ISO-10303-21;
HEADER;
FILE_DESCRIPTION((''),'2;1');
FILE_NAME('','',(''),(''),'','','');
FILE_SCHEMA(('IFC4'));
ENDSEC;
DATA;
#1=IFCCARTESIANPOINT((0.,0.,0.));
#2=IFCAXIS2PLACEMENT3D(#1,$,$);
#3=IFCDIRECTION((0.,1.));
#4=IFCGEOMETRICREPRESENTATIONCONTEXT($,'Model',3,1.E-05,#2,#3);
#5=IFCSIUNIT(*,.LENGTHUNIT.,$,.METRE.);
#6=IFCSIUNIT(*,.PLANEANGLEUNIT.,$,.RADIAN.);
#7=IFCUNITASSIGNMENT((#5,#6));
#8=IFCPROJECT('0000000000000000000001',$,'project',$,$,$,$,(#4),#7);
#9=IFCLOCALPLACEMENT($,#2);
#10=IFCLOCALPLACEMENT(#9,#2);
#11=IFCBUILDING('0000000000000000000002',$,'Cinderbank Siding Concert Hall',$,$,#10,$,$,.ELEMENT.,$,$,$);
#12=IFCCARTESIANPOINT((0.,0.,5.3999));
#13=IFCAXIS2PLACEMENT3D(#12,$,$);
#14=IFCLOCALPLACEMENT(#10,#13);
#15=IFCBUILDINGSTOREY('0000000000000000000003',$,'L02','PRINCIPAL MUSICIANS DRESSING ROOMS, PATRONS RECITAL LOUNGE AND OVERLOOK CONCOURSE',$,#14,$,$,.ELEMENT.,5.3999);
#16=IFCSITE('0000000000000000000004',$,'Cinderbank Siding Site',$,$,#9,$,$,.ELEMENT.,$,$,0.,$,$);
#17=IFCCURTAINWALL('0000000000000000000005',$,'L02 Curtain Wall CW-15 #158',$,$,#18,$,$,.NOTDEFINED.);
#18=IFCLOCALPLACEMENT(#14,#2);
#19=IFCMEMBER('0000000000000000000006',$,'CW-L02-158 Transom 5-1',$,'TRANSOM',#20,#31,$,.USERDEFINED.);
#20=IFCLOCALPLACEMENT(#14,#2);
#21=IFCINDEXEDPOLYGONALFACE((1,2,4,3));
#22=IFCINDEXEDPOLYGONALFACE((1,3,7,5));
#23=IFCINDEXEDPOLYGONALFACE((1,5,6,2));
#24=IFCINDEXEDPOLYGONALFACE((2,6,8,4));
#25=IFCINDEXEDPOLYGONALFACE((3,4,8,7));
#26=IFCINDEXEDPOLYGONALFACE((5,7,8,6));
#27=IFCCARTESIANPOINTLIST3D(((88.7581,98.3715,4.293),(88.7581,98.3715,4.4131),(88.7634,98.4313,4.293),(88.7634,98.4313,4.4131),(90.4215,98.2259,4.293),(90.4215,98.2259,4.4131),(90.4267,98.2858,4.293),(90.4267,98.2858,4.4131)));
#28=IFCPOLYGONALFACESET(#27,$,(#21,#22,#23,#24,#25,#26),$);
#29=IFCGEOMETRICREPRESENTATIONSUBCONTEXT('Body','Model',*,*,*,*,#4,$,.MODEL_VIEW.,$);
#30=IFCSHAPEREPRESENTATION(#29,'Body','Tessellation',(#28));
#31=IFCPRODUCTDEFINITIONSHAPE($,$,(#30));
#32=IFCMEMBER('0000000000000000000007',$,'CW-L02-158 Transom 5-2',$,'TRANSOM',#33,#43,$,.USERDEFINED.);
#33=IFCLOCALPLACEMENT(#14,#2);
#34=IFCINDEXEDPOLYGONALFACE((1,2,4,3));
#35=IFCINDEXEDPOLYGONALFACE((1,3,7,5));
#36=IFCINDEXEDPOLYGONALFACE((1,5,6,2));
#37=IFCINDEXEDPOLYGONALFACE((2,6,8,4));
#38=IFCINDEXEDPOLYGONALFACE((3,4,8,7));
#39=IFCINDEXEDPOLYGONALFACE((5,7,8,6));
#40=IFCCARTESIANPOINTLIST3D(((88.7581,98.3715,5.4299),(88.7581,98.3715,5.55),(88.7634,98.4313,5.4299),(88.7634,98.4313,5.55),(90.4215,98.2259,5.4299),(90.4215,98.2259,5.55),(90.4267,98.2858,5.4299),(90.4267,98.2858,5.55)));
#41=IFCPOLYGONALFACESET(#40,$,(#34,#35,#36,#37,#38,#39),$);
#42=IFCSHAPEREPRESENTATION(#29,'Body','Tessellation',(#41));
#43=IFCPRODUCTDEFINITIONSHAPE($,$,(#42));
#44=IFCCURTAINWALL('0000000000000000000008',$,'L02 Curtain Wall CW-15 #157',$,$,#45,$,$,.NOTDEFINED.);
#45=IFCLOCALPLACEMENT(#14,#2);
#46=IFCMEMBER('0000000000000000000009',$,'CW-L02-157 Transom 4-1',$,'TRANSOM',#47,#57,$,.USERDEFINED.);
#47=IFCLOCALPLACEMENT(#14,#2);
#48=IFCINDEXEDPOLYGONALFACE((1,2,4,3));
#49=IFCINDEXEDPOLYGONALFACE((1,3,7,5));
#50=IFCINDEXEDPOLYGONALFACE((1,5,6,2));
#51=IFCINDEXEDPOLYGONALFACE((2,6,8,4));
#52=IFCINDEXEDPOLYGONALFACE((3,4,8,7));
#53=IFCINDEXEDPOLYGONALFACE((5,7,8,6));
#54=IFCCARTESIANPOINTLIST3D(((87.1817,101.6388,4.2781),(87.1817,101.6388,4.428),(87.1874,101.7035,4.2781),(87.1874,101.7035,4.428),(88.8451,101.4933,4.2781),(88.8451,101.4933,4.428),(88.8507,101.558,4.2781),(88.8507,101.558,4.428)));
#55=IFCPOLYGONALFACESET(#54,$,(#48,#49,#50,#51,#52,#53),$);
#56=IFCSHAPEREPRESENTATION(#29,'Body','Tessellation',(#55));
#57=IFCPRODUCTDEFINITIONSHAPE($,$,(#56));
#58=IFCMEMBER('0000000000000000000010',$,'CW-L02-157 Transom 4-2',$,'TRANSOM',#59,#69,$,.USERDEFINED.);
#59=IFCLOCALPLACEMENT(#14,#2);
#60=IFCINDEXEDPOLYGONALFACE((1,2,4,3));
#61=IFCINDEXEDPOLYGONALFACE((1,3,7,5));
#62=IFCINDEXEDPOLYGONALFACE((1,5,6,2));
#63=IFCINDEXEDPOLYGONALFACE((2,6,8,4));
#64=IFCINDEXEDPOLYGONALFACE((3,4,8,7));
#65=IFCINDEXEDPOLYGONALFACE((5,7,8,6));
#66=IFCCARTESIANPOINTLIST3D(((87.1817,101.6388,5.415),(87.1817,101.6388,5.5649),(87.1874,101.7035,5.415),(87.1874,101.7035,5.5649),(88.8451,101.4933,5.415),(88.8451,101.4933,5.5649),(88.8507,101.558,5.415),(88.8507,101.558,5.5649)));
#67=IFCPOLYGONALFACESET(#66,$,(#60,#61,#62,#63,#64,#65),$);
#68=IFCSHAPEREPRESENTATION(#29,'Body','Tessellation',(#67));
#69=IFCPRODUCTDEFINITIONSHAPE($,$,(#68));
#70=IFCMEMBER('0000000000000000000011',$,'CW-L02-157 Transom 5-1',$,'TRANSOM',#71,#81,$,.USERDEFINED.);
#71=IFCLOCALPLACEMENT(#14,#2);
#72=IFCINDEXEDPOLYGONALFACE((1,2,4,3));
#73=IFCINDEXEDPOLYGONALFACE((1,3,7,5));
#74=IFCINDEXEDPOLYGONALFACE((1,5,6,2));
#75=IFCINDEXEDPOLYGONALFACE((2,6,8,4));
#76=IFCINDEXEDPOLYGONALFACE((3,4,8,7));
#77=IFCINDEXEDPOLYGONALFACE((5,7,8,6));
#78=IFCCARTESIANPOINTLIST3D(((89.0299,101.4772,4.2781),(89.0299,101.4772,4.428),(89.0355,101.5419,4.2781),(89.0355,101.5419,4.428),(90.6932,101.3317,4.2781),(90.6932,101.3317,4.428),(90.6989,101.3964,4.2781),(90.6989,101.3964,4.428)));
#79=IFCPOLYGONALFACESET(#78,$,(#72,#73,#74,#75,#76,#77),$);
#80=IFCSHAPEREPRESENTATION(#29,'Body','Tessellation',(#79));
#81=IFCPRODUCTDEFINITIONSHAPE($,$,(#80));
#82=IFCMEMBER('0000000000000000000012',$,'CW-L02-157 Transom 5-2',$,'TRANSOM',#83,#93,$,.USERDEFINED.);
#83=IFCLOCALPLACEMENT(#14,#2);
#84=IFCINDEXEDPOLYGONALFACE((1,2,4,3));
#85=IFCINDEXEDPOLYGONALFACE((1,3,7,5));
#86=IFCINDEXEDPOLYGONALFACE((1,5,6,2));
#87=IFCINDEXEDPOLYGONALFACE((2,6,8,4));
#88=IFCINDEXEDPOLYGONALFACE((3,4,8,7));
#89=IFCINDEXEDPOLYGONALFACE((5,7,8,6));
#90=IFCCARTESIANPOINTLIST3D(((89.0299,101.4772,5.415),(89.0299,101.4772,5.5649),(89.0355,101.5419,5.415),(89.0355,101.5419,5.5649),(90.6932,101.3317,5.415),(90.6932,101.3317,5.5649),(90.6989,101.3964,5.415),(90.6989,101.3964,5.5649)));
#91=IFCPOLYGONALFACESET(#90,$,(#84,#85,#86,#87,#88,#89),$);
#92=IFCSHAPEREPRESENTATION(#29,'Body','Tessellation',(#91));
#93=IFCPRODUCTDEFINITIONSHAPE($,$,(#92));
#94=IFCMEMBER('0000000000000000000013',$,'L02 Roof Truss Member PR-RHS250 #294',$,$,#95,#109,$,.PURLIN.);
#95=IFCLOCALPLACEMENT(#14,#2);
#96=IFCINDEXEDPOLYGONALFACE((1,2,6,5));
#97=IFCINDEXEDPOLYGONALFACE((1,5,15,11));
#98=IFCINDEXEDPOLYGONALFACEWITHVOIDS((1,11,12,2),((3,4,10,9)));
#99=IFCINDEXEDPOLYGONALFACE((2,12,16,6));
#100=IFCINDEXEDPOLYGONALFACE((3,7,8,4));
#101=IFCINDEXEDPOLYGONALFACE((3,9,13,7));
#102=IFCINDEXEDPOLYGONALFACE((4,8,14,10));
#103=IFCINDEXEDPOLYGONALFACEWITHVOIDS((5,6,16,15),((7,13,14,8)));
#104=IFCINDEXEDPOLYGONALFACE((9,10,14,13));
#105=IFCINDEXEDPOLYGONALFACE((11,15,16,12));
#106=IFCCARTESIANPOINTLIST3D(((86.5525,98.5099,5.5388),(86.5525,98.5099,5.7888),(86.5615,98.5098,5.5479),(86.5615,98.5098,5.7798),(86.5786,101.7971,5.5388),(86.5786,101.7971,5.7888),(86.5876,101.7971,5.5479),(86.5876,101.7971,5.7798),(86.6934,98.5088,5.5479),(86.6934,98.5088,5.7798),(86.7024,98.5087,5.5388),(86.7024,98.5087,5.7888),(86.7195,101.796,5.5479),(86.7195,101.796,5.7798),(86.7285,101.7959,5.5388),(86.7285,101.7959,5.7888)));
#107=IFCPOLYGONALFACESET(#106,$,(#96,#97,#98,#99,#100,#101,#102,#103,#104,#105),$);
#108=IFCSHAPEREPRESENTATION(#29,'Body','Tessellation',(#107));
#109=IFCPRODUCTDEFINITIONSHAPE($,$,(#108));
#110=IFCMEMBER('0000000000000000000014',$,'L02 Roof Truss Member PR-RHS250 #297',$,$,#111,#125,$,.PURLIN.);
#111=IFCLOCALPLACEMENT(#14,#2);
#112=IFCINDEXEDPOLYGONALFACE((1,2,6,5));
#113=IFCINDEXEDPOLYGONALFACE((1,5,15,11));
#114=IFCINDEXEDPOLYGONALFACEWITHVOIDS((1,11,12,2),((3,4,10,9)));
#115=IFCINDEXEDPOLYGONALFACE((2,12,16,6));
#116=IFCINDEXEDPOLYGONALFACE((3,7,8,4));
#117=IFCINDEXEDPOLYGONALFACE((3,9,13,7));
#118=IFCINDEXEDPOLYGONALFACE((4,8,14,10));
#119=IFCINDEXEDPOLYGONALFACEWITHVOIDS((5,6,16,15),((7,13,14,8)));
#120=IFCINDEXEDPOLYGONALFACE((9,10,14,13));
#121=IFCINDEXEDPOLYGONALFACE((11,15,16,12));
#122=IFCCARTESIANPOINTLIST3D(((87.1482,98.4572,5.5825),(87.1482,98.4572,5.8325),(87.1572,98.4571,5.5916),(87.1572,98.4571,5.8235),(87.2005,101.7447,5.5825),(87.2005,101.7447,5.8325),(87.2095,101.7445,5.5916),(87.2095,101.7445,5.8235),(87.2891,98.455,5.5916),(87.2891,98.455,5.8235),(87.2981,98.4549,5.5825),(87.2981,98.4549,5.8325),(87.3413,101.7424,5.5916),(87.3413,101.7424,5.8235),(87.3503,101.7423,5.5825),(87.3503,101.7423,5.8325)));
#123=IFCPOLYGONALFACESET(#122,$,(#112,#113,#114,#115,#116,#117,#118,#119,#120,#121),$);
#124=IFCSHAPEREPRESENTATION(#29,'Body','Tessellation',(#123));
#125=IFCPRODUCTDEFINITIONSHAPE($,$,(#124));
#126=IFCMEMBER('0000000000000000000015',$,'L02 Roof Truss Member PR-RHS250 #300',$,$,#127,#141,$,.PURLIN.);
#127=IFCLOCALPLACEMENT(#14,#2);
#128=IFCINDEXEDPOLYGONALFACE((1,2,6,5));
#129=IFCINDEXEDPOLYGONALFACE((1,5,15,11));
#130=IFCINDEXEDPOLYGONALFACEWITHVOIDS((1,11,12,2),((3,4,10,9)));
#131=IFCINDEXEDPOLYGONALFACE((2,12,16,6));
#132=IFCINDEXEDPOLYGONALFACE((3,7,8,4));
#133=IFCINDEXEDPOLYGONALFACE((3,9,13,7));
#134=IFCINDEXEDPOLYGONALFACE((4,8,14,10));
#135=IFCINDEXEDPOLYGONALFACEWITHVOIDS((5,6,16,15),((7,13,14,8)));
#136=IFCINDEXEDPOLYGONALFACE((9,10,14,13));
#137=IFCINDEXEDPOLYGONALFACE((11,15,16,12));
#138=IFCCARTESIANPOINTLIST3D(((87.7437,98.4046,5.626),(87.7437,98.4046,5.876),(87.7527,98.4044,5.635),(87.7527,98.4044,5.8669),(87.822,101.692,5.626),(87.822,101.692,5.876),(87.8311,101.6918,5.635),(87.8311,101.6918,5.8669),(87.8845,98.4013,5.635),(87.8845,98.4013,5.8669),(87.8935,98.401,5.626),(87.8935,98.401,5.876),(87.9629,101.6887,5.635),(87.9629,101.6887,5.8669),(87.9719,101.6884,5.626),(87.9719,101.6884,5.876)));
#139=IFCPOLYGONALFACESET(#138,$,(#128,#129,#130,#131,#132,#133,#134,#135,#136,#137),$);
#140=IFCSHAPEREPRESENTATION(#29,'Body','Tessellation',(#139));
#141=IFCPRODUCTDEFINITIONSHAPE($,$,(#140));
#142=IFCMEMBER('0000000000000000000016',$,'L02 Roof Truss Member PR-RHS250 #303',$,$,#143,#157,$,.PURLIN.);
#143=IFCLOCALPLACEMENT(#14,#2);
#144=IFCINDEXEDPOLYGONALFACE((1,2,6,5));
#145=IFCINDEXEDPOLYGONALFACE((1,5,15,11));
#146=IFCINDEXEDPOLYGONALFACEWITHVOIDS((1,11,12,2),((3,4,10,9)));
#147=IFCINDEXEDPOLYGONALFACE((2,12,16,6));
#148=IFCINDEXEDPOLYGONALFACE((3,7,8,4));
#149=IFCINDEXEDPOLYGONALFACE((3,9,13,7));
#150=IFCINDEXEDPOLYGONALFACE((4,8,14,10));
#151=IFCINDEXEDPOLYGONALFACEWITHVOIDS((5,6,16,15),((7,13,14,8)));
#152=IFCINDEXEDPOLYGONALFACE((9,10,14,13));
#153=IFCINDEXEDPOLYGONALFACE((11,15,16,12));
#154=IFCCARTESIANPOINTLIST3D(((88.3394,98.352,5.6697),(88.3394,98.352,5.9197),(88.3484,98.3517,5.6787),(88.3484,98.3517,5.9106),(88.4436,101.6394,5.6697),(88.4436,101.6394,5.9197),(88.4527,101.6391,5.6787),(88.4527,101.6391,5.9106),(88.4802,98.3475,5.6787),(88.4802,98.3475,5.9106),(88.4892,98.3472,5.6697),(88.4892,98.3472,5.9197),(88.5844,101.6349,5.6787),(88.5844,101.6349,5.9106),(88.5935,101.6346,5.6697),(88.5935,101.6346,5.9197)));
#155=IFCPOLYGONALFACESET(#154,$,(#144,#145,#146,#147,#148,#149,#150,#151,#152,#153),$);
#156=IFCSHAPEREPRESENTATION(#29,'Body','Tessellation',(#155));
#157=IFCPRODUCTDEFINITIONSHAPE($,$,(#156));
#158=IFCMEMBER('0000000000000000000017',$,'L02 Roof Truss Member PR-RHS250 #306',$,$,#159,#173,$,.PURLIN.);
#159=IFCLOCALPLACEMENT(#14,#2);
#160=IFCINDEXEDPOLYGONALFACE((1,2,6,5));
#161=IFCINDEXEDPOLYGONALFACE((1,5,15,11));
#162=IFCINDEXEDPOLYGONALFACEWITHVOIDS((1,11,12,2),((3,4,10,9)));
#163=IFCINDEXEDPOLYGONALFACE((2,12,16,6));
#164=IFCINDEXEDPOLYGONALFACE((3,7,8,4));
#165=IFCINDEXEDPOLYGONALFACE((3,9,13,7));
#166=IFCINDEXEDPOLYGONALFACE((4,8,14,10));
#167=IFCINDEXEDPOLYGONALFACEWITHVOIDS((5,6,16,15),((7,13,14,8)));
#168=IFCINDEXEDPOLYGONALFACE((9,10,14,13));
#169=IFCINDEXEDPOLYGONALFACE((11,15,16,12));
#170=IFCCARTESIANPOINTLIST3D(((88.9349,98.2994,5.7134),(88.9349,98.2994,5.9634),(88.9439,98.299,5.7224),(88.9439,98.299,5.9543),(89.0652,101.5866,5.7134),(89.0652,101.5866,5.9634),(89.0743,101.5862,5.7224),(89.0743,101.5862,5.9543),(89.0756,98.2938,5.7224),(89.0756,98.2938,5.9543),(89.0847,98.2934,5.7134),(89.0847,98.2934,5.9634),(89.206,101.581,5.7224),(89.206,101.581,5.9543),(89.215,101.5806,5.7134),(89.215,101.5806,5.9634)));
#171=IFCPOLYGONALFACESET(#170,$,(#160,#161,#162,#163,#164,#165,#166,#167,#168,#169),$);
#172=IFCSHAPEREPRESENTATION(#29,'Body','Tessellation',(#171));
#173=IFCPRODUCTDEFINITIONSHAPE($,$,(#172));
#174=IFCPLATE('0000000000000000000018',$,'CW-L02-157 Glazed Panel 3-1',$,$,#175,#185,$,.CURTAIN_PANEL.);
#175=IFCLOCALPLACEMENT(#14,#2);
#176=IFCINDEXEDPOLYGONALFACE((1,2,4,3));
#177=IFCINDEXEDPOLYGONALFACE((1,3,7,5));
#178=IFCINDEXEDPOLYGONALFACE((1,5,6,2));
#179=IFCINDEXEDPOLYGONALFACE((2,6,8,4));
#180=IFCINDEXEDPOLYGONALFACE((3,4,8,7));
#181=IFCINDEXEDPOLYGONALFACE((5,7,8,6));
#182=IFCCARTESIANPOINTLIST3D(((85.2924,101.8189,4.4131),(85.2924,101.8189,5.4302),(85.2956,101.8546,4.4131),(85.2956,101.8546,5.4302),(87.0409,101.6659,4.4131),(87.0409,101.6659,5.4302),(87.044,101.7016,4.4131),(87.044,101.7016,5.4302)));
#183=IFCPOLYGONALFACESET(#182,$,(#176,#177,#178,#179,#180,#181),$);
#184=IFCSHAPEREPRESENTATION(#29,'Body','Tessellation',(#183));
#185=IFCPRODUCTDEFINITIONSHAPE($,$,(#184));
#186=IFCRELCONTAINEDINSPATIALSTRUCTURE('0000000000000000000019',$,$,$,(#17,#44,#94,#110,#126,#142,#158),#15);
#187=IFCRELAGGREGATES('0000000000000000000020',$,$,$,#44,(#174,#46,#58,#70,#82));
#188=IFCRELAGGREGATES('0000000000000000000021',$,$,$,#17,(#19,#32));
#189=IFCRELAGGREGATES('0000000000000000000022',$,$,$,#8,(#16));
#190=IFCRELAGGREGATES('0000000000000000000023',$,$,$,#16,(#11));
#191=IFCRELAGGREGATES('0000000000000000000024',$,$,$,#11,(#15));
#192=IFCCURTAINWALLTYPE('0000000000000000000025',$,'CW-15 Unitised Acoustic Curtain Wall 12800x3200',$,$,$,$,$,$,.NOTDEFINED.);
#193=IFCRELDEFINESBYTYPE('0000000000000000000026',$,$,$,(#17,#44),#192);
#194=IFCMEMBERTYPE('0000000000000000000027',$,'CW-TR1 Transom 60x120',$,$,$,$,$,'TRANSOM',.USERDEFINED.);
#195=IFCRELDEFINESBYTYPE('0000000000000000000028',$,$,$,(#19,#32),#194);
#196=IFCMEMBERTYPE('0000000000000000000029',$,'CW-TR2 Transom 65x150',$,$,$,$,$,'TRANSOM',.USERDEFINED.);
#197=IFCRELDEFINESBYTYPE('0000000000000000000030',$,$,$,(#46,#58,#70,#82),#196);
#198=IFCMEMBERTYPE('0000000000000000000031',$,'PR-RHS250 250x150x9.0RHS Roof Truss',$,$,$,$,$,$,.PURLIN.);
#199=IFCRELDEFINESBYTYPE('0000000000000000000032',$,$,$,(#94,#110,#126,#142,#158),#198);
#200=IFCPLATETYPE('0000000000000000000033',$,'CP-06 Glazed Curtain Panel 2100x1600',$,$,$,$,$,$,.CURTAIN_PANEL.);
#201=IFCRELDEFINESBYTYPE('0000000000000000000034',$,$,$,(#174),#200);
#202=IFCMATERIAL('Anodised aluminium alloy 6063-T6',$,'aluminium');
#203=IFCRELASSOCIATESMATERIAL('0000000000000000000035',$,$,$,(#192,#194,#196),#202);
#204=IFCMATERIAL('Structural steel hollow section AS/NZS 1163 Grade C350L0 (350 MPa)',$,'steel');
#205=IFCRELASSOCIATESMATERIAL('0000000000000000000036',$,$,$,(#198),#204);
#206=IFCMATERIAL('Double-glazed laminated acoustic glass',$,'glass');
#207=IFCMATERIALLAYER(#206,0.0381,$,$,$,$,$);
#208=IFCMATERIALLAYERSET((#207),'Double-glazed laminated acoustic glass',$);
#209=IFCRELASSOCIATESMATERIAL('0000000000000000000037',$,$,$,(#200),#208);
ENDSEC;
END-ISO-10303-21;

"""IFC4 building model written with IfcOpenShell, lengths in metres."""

from ifc_helpers import new_model, si_unit, direction, frame, origin, origin_2d, place, context, subcontext, project, spatial, rectangle, hollow_rectangle, extrude, material, layer, layer_set, material_profile, profile_set, type_object, element, aggregate, save


model = new_model("IFC4")

# Units and contexts
model_context = context("Model", 3, precision=1e-05, world=origin(), true_north=direction((0.0, 1.0)))
body_context = subcontext(model_context, "Body", "Model", "MODEL_VIEW")
ifc_project = project(units=[si_unit("LENGTHUNIT", "METRE"), si_unit("PLANEANGLEUNIT", "RADIAN")], contexts=[model_context])

# Site, building, storey
site_placement = place(None, origin())
site = spatial("IfcSite", under=ifc_project, at=site_placement, Name="Cinderbank Siding Site", CompositionType="ELEMENT", RefElevation=0.0)
building_placement = place(site_placement, origin())
building = spatial("IfcBuilding", under=site, at=building_placement, Name="Cinderbank Siding Concert Hall", CompositionType="ELEMENT")
storey_placement = place(building_placement, frame((0.0, 0.0, 5.3999)))
storey = spatial("IfcBuildingStorey", under=building, at=storey_placement, Name="L02", Description="PRINCIPAL MUSICIANS DRESSING ROOMS, PATRONS RECITAL LOUNGE AND OVERLOOK CONCOURSE", CompositionType="ELEMENT", Elevation=5.3999)

# Shared definitions
ifc_material_1 = material(Name="Structural steel hollow section AS/NZS 1163 Grade C350L0 (350 MPa)", Category="steel")

# Curtain walls, members
ifc_material_2 = material(Name="Anodised aluminium alloy 6063-T6", Category="aluminium")
curtain_wall_type = type_object("IfcCurtainWallType", Name="CW-15 Unitised Acoustic Curtain Wall 12800x3200", PredefinedType="NOTDEFINED", material=ifc_material_2)
curtain_wall_1_placement = place(storey_placement, origin())
curtain_wall_1 = element("IfcCurtainWall", 1, at=curtain_wall_1_placement, inside=storey, type_object=curtain_wall_type, Name="L02 Curtain Wall CW-15 #158", PredefinedType="NOTDEFINED")
ifc_material_profile_1 = material_profile(ifc_material_2, rectangle(XDim=0.0601, YDim=0.1201, at=origin_2d()), Name="ALU-TRAN-60x120", Category="LoadBearing")
ifc_profile_set_1 = profile_set([ifc_material_profile_1], Name="Anodised aluminium alloy 6063-T6")
member_type_1 = type_object("IfcMemberType", Name="CW-TR1 Transom 60x120", ElementType="TRANSOM", PredefinedType="USERDEFINED", material=ifc_profile_set_1)
member_1_placement = place(storey_placement, frame((88.7607, 98.4014, 4.353), z_axis=(0.996195, -0.087147, 0.0), x_axis=(0.087147, 0.996195, 0.0)))
member_1 = element("IfcMember", 2, at=member_1_placement, type_object=member_type_1, Name="CW-L02-158 Transom 5-1", ObjectType="TRANSOM", PredefinedType="USERDEFINED", context=body_context, shape_type="SweptSolid", body=[
    extrude(rectangle(XDim=0.0601, YDim=0.1201, at=origin_2d()), origin(), (0.0, 0.0, 1.0), 1.6697),
])
member_2_placement = place(storey_placement, frame((88.7607, 98.4014, 5.49), z_axis=(0.996195, -0.087147, 0.0), x_axis=(0.087147, 0.996195, 0.0)))
member_2 = element("IfcMember", 3, at=member_2_placement, type_object=member_type_1, Name="CW-L02-158 Transom 5-2", ObjectType="TRANSOM", PredefinedType="USERDEFINED", context=body_context, shape_type="SweptSolid", body=[
    extrude(rectangle(XDim=0.0601, YDim=0.1201, at=origin_2d()), origin(), (0.0, 0.0, 1.0), 1.6697),
])
curtain_wall_2_placement = place(storey_placement, origin())
curtain_wall_2 = element("IfcCurtainWall", 4, at=curtain_wall_2_placement, inside=storey, type_object=curtain_wall_type, Name="L02 Curtain Wall CW-15 #157", PredefinedType="NOTDEFINED")
ifc_material_profile_2 = material_profile(ifc_material_2, rectangle(XDim=0.0649, YDim=0.1499, at=origin_2d()), Name="ALU-TRAN-65x150", Category="LoadBearing")
ifc_profile_set_2 = profile_set([ifc_material_profile_2], Name="Anodised aluminium alloy 6063-T6")
member_type_2 = type_object("IfcMemberType", Name="CW-TR2 Transom 65x150", ElementType="TRANSOM", PredefinedType="USERDEFINED", material=ifc_profile_set_2)
member_3_placement = place(storey_placement, frame((87.1846, 101.6711, 4.353), z_axis=(0.996195, -0.087147, 0.0), x_axis=(0.087147, 0.996195, 0.0)))
member_3 = element("IfcMember", 5, at=member_3_placement, type_object=member_type_2, Name="CW-L02-157 Transom 4-1", ObjectType="TRANSOM", PredefinedType="USERDEFINED", context=body_context, shape_type="SweptSolid", body=[
    extrude(rectangle(XDim=0.0649, YDim=0.1499, at=origin_2d()), origin(), (0.0, 0.0, 1.0), 1.6697),
])
member_4_placement = place(storey_placement, frame((87.1846, 101.6711, 5.49), z_axis=(0.996195, -0.087147, 0.0), x_axis=(0.087147, 0.996195, 0.0)))
member_4 = element("IfcMember", 6, at=member_4_placement, type_object=member_type_2, Name="CW-L02-157 Transom 4-2", ObjectType="TRANSOM", PredefinedType="USERDEFINED", context=body_context, shape_type="SweptSolid", body=[
    extrude(rectangle(XDim=0.0649, YDim=0.1499, at=origin_2d()), origin(), (0.0, 0.0, 1.0), 1.6697),
])
member_5_placement = place(storey_placement, frame((89.0327, 101.5095, 4.353), z_axis=(0.996195, -0.087147, 0.0), x_axis=(0.087147, 0.996195, 0.0)))
member_5 = element("IfcMember", 7, at=member_5_placement, type_object=member_type_2, Name="CW-L02-157 Transom 5-1", ObjectType="TRANSOM", PredefinedType="USERDEFINED", context=body_context, shape_type="SweptSolid", body=[
    extrude(rectangle(XDim=0.0649, YDim=0.1499, at=origin_2d()), origin(), (0.0, 0.0, 1.0), 1.6697),
])
member_6_placement = place(storey_placement, frame((89.0327, 101.5095, 5.49), z_axis=(0.996195, -0.087147, 0.0), x_axis=(0.087147, 0.996195, 0.0)))
member_6 = element("IfcMember", 8, at=member_6_placement, type_object=member_type_2, Name="CW-L02-157 Transom 5-2", ObjectType="TRANSOM", PredefinedType="USERDEFINED", context=body_context, shape_type="SweptSolid", body=[
    extrude(rectangle(XDim=0.0649, YDim=0.1499, at=origin_2d()), origin(), (0.0, 0.0, 1.0), 1.6697),
])

# Members
ifc_material_profile_3 = material_profile(ifc_material_1, hollow_rectangle(XDim=0.1499, YDim=0.25, WallThickness=0.009, at=origin_2d()), Name="250x150x9.0RHS", Category="LoadBearing")
ifc_profile_set_3 = profile_set([ifc_material_profile_3], Name="Structural steel hollow section AS/NZS 1163 Grade C350L0 (350 MPa)")
member_type_3 = type_object("IfcMemberType", Name="PR-RHS250 250x150x9.0RHS Roof Truss", PredefinedType="PURLIN", material=ifc_profile_set_3)
member_7_placement = place(storey_placement, frame((86.6274, 98.5093, 5.6638), z_axis=(0.007946, 0.999968, 0.0), x_axis=(-0.999968, 0.007946, 0.0)))
element("IfcMember", 9, at=member_7_placement, inside=storey, type_object=member_type_3, Name="L02 Roof Truss Member PR-RHS250 #294", PredefinedType="PURLIN", context=body_context, shape_type="SweptSolid", body=[
    extrude(hollow_rectangle(XDim=0.1499, YDim=0.25, WallThickness=0.009, at=origin_2d()), origin(), (0.0, 0.0, 1.0), 3.2874),
])
member_8_placement = place(storey_placement, frame((87.2231, 98.4561, 5.7075), z_axis=(0.015891, 0.999874, 0.0), x_axis=(-0.999874, 0.015891, 0.0)))
element("IfcMember", 10, at=member_8_placement, inside=storey, type_object=member_type_3, Name="L02 Roof Truss Member PR-RHS250 #297", PredefinedType="PURLIN", context=body_context, shape_type="SweptSolid", body=[
    extrude(hollow_rectangle(XDim=0.1499, YDim=0.25, WallThickness=0.009, at=origin_2d()), origin(), (0.0, 0.0, 1.0), 3.2878),
])
member_9_placement = place(storey_placement, frame((87.8186, 98.4028, 5.751), z_axis=(0.023833, 0.999716, 0.0), x_axis=(-0.999716, 0.023833, 0.0)))
element("IfcMember", 11, at=member_9_placement, inside=storey, type_object=member_type_3, Name="L02 Roof Truss Member PR-RHS250 #300", PredefinedType="PURLIN", context=body_context, shape_type="SweptSolid", body=[
    extrude(hollow_rectangle(XDim=0.1499, YDim=0.25, WallThickness=0.009, at=origin_2d()), origin(), (0.0, 0.0, 1.0), 3.2883),
])
member_10_placement = place(storey_placement, frame((88.4143, 98.3496, 5.7947), z_axis=(0.031696, 0.999498, 0.0), x_axis=(-0.999498, 0.031696, 0.0)))
element("IfcMember", 12, at=member_10_placement, inside=storey, type_object=member_type_3, Name="L02 Roof Truss Member PR-RHS250 #303", PredefinedType="PURLIN", context=body_context, shape_type="SweptSolid", body=[
    extrude(hollow_rectangle(XDim=0.1499, YDim=0.25, WallThickness=0.009, at=origin_2d()), origin(), (0.0, 0.0, 1.0), 3.2891),
])
member_11_placement = place(storey_placement, frame((89.0098, 98.2964, 5.8384), z_axis=(0.03963, 0.999214, 0.0), x_axis=(-0.999214, 0.03963, 0.0)))
element("IfcMember", 13, at=member_11_placement, inside=storey, type_object=member_type_3, Name="L02 Roof Truss Member PR-RHS250 #306", PredefinedType="PURLIN", context=body_context, shape_type="SweptSolid", body=[
    extrude(hollow_rectangle(XDim=0.1499, YDim=0.25, WallThickness=0.009, at=origin_2d()), origin(), (0.0, 0.0, 1.0), 3.2898),
])

# Plate
ifc_material_3 = material(Name="Double-glazed laminated acoustic glass", Category="glass")
ifc_layer_1 = layer(ifc_material_3, 0.0381)
ifc_layer_set_1 = layer_set([ifc_layer_1], Name="Double-glazed laminated acoustic glass")
plate_type_1 = type_object("IfcPlateType", Name="CP-06 Glazed Curtain Panel 2100x1600", PredefinedType="CURTAIN_PANEL", material=ifc_layer_set_1)
plate_1_placement = place(storey_placement, frame((86.1682, 101.7603, 4.4131), z_axis=(0.0, 0.0, 1.0), x_axis=(0.996195, -0.087157, 0.0)))
plate_1 = element("IfcPlate", 14, at=plate_1_placement, type_object=plate_type_1, Name="CW-L02-157 Glazed Panel 3-1", PredefinedType="CURTAIN_PANEL", context=body_context, shape_type="SweptSolid", body=[
    extrude(rectangle(XDim=1.7551, YDim=0.0359, at=origin_2d()), origin(), (0.0, 0.0, 1.0), 1.0171),
])
aggregate(curtain_wall_2, [plate_1, member_3, member_4, member_5, member_6])
aggregate(curtain_wall_1, [member_1, member_2])

save(model, "model.ifc")
